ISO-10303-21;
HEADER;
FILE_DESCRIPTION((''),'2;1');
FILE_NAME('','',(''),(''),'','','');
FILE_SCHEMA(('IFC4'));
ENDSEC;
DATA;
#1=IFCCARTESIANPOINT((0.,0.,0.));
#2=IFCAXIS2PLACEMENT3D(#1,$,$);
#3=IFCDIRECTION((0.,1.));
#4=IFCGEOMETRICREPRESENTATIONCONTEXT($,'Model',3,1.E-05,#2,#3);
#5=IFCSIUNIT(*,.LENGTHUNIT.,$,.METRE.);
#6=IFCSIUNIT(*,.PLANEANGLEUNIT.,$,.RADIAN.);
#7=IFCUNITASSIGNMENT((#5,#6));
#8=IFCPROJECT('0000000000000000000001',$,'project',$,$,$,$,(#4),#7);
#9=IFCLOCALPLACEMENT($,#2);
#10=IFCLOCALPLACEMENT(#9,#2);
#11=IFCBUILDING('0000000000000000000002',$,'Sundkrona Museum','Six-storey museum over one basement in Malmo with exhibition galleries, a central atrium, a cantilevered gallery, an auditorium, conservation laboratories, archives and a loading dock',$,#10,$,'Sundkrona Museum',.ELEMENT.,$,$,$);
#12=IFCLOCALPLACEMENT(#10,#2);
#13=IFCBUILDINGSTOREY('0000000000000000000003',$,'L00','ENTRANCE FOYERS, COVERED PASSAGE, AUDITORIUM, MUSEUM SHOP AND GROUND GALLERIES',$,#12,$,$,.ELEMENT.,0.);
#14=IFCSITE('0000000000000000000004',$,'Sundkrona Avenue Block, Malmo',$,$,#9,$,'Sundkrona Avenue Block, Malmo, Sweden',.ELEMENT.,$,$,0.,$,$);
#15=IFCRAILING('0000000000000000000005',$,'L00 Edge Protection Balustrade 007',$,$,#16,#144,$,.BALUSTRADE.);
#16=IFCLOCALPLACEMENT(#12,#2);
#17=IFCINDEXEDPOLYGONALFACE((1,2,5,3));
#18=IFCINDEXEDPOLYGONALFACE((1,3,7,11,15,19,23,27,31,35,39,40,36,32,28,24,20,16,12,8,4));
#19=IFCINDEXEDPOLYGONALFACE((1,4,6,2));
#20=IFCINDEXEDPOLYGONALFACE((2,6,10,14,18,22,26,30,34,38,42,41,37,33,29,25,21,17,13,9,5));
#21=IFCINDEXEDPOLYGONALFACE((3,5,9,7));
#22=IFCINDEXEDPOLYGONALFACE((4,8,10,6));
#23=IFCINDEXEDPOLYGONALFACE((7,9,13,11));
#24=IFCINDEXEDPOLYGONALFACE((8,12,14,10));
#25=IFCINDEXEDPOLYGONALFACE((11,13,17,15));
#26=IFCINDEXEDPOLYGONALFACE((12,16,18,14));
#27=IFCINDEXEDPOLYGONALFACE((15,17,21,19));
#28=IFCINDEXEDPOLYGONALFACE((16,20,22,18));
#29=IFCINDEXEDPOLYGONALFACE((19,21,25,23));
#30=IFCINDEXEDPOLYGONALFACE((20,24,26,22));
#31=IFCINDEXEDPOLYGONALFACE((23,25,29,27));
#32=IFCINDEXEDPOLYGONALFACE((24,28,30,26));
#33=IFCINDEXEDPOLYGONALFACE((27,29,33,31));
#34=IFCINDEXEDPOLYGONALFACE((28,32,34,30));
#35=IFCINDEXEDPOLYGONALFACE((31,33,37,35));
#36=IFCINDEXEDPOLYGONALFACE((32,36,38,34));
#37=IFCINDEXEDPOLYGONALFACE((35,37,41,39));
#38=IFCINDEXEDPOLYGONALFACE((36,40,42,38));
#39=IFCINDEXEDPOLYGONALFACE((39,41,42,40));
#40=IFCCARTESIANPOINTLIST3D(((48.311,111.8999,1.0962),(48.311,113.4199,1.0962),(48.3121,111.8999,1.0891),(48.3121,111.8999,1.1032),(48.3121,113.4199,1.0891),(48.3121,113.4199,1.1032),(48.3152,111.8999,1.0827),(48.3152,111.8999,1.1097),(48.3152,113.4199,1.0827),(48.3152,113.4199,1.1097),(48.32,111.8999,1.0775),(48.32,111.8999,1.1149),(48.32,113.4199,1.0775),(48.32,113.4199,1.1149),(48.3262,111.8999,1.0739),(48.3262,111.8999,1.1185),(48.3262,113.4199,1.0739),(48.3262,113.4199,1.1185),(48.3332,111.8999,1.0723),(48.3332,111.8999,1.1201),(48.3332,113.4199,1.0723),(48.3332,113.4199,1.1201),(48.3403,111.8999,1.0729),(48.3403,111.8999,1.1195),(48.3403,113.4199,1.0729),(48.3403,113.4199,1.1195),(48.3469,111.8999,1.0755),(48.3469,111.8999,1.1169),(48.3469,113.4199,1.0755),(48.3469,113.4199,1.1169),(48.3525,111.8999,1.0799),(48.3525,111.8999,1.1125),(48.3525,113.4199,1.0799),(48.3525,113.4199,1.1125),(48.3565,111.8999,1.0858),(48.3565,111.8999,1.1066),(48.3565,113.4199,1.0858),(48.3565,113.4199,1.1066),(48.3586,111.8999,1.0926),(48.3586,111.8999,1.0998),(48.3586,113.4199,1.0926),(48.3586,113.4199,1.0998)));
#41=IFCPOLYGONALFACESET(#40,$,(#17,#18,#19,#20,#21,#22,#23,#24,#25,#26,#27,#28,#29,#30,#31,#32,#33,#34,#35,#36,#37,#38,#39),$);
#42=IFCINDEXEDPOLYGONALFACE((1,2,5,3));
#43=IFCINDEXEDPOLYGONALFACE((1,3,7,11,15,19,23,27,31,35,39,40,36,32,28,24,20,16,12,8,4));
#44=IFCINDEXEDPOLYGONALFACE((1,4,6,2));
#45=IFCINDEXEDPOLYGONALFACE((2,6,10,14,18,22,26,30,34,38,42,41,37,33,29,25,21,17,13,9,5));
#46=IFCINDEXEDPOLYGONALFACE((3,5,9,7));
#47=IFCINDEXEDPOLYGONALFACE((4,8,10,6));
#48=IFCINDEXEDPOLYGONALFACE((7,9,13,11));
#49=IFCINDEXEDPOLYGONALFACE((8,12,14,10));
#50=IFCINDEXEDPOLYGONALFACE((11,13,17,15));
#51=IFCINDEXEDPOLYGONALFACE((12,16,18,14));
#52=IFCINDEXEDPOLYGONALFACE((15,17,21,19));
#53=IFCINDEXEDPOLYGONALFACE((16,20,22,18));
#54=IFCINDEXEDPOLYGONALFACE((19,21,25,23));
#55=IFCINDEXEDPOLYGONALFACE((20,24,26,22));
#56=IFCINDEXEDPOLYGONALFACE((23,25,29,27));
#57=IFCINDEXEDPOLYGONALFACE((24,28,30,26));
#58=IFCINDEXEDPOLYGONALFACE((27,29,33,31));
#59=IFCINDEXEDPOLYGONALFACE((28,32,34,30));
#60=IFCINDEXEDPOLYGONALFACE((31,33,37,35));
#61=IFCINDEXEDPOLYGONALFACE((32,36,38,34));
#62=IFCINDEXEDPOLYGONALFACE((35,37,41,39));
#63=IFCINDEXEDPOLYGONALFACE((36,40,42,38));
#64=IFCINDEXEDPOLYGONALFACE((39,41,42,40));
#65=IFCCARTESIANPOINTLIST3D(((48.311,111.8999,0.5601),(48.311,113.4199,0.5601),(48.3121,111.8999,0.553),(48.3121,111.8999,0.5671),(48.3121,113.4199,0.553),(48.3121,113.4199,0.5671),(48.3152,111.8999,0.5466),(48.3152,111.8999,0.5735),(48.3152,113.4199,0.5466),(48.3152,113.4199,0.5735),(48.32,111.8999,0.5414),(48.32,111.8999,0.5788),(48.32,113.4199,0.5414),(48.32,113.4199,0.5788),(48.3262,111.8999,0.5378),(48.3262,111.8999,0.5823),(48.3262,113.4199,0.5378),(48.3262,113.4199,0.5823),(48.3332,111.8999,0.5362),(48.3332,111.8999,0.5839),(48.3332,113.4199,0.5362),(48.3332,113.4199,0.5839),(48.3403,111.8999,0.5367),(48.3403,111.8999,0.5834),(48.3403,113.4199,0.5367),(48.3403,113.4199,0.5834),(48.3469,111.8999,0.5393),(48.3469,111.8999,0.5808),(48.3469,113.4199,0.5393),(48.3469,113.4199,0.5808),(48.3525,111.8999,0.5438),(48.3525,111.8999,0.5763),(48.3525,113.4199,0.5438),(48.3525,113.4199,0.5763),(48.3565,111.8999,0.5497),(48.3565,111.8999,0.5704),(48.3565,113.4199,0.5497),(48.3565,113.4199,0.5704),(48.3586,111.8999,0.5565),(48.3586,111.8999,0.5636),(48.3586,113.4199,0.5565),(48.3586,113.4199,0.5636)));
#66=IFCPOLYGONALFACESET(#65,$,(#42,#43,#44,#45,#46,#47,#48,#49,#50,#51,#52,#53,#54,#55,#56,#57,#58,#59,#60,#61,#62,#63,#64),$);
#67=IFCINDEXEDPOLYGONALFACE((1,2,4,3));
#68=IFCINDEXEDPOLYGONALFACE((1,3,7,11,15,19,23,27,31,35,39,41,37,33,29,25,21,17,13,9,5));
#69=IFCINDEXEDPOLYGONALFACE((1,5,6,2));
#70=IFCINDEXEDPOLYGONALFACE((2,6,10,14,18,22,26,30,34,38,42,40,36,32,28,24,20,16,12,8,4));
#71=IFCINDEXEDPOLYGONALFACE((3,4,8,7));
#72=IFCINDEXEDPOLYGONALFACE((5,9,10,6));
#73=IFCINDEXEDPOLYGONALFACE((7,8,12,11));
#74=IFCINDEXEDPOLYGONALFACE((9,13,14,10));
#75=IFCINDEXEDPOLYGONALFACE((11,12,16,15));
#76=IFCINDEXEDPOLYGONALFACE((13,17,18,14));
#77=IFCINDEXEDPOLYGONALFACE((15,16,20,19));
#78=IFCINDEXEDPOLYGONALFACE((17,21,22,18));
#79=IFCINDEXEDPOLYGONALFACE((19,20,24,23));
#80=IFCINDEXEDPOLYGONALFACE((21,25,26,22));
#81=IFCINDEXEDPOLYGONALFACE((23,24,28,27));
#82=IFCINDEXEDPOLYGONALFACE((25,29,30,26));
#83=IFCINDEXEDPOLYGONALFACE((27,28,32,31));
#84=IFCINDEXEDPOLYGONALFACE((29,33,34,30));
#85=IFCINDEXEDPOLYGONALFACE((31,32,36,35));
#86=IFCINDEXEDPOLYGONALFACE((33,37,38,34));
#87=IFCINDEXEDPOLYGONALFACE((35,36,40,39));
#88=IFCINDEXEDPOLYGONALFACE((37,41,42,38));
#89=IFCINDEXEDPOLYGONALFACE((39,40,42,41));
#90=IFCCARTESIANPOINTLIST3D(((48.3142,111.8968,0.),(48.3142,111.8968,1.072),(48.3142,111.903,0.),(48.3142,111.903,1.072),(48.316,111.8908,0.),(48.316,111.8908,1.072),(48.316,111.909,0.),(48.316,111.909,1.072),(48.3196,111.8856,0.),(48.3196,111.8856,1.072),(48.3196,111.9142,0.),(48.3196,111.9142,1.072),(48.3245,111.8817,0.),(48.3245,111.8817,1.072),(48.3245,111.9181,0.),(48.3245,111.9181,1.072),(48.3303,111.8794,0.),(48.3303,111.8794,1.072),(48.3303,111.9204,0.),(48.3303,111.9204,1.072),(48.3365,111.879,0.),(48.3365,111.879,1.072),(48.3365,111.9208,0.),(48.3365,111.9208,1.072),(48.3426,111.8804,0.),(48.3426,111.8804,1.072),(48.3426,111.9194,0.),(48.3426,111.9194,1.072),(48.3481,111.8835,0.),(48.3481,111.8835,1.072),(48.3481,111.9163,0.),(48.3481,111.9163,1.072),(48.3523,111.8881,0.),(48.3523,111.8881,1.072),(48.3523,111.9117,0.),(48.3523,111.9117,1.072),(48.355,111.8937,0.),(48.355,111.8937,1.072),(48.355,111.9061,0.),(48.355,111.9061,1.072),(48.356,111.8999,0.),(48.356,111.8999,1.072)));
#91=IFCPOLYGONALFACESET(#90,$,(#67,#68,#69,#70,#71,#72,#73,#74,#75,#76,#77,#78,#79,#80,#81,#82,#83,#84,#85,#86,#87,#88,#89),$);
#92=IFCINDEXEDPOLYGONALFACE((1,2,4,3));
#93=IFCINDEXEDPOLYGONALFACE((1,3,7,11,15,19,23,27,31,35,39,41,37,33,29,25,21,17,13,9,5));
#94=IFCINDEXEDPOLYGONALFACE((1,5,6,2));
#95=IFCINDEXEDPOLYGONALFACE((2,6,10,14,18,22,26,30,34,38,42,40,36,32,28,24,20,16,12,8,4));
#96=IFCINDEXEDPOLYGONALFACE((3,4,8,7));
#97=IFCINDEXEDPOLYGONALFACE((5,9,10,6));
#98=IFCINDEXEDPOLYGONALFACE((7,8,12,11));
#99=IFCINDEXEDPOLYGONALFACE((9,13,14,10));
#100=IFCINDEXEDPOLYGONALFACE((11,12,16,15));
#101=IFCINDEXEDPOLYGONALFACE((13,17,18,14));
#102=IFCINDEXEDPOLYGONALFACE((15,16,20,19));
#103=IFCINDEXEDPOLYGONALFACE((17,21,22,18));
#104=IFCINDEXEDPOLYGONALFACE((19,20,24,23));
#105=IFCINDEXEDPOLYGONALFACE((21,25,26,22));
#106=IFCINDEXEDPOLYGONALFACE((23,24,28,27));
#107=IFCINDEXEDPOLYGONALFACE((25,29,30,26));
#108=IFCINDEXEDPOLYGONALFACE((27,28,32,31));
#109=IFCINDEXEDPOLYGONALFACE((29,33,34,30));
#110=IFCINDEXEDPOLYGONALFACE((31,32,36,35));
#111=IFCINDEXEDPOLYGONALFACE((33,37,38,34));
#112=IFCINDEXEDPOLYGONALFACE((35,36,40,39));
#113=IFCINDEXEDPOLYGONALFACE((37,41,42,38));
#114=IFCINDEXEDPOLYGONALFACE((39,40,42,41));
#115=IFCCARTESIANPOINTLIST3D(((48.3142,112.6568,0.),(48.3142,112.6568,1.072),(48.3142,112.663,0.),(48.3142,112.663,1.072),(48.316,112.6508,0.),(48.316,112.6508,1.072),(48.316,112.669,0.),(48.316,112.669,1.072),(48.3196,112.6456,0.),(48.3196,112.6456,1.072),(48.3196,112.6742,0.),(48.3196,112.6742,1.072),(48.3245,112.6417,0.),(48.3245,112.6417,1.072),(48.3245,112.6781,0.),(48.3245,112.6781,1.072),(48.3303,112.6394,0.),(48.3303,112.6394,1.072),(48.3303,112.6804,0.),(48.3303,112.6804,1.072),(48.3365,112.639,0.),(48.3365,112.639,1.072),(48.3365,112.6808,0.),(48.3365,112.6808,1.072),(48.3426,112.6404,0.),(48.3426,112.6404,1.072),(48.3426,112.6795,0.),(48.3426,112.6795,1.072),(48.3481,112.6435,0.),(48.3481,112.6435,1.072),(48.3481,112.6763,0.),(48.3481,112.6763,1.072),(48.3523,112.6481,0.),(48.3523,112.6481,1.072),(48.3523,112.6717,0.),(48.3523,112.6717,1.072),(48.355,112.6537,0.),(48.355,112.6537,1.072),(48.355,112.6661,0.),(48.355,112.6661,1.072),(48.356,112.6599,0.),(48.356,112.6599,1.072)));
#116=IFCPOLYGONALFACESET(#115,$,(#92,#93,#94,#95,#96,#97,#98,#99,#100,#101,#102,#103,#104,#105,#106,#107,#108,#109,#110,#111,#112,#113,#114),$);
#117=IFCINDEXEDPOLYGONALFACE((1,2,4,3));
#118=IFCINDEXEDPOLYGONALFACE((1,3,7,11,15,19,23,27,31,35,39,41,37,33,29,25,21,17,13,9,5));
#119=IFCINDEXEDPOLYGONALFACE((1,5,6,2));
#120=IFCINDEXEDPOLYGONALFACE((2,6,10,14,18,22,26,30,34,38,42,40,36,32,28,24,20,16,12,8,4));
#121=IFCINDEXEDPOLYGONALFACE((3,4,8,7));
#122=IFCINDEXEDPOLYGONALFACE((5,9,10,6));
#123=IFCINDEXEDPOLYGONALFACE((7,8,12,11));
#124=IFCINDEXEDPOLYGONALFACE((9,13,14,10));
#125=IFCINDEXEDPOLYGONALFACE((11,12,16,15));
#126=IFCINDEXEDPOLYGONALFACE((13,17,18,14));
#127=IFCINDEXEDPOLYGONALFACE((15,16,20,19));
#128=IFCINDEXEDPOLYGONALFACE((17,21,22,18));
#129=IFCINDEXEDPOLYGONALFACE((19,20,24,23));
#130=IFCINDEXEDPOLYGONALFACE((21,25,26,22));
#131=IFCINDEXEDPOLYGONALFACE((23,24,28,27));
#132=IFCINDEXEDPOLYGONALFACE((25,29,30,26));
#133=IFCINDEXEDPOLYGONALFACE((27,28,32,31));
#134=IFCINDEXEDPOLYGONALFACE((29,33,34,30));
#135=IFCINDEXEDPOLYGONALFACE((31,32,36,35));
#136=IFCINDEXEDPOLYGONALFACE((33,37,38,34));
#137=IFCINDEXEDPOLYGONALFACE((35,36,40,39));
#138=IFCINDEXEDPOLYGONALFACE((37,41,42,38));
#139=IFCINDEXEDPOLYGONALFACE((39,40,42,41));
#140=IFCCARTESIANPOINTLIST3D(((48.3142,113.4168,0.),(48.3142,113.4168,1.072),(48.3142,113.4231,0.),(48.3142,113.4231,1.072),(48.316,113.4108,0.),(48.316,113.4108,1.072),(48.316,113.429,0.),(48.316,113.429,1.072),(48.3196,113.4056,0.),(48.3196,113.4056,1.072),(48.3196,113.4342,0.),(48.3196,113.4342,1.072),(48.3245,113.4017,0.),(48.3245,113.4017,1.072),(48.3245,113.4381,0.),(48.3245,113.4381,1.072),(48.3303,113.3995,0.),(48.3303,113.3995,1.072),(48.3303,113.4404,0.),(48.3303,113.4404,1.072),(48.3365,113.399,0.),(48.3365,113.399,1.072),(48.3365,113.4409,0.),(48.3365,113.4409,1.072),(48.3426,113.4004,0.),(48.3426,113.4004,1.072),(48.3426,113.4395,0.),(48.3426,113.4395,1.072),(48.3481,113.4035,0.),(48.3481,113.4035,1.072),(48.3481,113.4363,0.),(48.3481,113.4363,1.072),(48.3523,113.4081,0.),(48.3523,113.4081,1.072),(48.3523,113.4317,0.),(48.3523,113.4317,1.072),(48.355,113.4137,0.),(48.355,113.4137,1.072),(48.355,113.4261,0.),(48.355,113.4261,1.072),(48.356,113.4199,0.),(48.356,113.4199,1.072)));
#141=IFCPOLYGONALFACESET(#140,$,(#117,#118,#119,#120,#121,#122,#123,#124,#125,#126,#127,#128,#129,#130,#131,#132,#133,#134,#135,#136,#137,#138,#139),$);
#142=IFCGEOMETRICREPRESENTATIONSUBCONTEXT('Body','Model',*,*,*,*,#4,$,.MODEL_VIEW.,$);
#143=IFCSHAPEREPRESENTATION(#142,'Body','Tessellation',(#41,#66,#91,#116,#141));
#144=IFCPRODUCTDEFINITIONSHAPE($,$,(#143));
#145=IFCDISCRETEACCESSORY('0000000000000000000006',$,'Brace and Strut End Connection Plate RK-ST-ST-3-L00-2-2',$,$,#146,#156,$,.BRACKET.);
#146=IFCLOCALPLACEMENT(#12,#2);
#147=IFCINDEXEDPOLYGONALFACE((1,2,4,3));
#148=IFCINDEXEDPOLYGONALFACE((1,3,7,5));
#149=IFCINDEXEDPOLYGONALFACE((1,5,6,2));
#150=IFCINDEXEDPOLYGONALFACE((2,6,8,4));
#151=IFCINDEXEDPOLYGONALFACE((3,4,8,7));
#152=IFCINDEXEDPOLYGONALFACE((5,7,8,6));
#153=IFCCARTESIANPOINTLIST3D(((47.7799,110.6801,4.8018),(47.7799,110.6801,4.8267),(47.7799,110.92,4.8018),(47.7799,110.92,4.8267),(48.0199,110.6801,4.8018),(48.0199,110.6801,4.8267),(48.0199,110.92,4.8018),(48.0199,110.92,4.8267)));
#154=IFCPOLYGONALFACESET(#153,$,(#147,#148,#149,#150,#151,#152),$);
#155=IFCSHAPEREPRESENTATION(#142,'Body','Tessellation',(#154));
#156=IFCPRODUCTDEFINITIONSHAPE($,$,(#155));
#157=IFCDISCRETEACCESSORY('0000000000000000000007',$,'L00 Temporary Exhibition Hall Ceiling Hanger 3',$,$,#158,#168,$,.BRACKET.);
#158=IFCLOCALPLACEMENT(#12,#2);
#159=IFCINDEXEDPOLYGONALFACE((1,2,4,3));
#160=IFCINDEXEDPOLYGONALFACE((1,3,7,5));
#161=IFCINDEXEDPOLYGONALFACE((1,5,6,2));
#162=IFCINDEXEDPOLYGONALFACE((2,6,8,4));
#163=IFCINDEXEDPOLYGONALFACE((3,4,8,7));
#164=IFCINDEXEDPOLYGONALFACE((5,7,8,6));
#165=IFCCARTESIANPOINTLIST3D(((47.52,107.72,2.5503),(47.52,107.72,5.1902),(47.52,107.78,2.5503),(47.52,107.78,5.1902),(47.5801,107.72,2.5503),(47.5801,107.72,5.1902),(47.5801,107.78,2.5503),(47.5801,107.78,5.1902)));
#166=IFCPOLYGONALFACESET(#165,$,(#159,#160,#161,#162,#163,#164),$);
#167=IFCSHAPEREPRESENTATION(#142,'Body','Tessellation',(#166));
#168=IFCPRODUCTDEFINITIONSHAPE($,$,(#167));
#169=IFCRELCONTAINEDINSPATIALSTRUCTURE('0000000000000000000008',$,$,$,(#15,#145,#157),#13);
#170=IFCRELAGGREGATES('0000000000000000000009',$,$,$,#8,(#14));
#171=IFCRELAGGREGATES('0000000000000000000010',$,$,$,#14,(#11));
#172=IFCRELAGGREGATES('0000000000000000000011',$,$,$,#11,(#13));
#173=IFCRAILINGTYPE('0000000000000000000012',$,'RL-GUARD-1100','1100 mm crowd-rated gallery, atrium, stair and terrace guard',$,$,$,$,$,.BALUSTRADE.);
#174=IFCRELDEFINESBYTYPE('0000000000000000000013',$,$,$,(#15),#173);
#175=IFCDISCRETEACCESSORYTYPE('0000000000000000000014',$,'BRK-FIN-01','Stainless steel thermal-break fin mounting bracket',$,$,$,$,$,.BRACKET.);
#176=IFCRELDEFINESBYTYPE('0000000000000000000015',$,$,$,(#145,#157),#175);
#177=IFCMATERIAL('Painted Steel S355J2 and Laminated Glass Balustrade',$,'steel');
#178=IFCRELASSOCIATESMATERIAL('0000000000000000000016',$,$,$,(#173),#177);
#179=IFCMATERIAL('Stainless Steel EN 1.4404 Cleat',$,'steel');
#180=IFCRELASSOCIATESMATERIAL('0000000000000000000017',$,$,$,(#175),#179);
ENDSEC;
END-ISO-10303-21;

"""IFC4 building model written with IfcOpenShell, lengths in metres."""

from ifc_helpers import new_model, si_unit, direction, frame, origin, origin_2d, place, context, subcontext, project, spatial, rectangle, circle, extrude, material, type_object, element, save


model = new_model("IFC4")

# Units and contexts
model_context = context("Model", 3, precision=1e-05, world=origin(), true_north=direction((0.0, 1.0)))
body_context = subcontext(model_context, "Body", "Model", "MODEL_VIEW")
ifc_project = project(units=[si_unit("LENGTHUNIT", "METRE"), si_unit("PLANEANGLEUNIT", "RADIAN")], contexts=[model_context])

# Site, building, storey
site_placement = place(None, origin())
site = spatial("IfcSite", under=ifc_project, at=site_placement, Name="Sundkrona Avenue Block, Malmo", LongName="Sundkrona Avenue Block, Malmo, Sweden", CompositionType="ELEMENT", RefElevation=0.0)
building_placement = place(site_placement, origin())
building = spatial("IfcBuilding", under=site, at=building_placement, Name="Sundkrona Museum", Description="Six-storey museum over one basement in Malmo with exhibition galleries, a central atrium, a cantilevered gallery, an auditorium, conservation laboratories, archives and a loading dock", LongName="Sundkrona Museum", CompositionType="ELEMENT")
storey_placement = place(building_placement, origin())
storey = spatial("IfcBuildingStorey", under=building, at=storey_placement, Name="L00", Description="ENTRANCE FOYERS, COVERED PASSAGE, AUDITORIUM, MUSEUM SHOP AND GROUND GALLERIES", CompositionType="ELEMENT", Elevation=0.0)

# Railing
ifc_material_1 = material(Name="Painted Steel S355J2 and Laminated Glass Balustrade", Category="steel")
railing_type_1 = type_object("IfcRailingType", Name="RL-GUARD-1100", Description="1100 mm crowd-rated gallery, atrium, stair and terrace guard", PredefinedType="BALUSTRADE", material=ifc_material_1)
for number, where, name in (
    (1, (48.335, 111.8999, 0.0), "L00 Edge Protection Balustrade 007"),
):
    element("IfcRailing", number, at=place(storey_placement, frame(where)), inside=storey, type_object=railing_type_1, Name=name, PredefinedType="BALUSTRADE", context=body_context, shape_type="SweptSolid", body=[
        extrude(circle(Radius=0.0239, at=origin_2d()), frame((0.0, 0.0, 1.0962), z_axis=(0.0, 1.0, 0.0), x_axis=(-1.0, 0.0, 0.0)), (0.0, 0.0, 1.0), 1.52),
        extrude(circle(Radius=0.0239, at=origin_2d()), frame((0.0, 0.0, 0.5601), z_axis=(0.0, 1.0, 0.0), x_axis=(-1.0, 0.0, 0.0)), (0.0, 0.0, 1.0), 1.52),
        extrude(circle(Radius=0.021, at=origin_2d()), origin(), (0.0, 0.0, 1.0), 1.072),
        extrude(circle(Radius=0.021, at=origin_2d()), frame((0.0, 0.76, 0.0)), (0.0, 0.0, 1.0), 1.072),
        extrude(circle(Radius=0.021, at=origin_2d()), frame((0.0, 1.52, 0.0)), (0.0, 0.0, 1.0), 1.072),
    ])

# Discrete accessories
ifc_material_2 = material(Name="Stainless Steel EN 1.4404 Cleat", Category="steel")
discrete_accessory_type = type_object("IfcDiscreteAccessoryType", Name="BRK-FIN-01", Description="Stainless steel thermal-break fin mounting bracket", PredefinedType="BRACKET", material=ifc_material_2)
discrete_accessory_1_placement = place(storey_placement, frame((47.8999, 110.8, 4.8018), z_axis=(0.0, 0.0, 1.0), x_axis=(1.0, 0.0, 0.0)))
element("IfcDiscreteAccessory", 2, at=discrete_accessory_1_placement, inside=storey, type_object=discrete_accessory_type, Name="Brace and Strut End Connection Plate RK-ST-ST-3-L00-2-2", PredefinedType="BRACKET", context=body_context, shape_type="SweptSolid", body=[
    extrude(rectangle(XDim=0.24, YDim=0.24, at=origin_2d()), origin(), (0.0, 0.0, 1.0), 0.0249),
])
discrete_accessory_2_placement = place(storey_placement, frame((47.55, 107.75, 2.5503), z_axis=(0.0, 0.0, 1.0), x_axis=(1.0, 0.0, 0.0)))
element("IfcDiscreteAccessory", 3, at=discrete_accessory_2_placement, inside=storey, type_object=discrete_accessory_type, Name="L00 Temporary Exhibition Hall Ceiling Hanger 3", PredefinedType="BRACKET", context=body_context, shape_type="SweptSolid", body=[
    extrude(rectangle(XDim=0.0601, YDim=0.0601, at=origin_2d()), origin(), (0.0, 0.0, 1.0), 2.6399),
])

save(model, "model.ifc")
